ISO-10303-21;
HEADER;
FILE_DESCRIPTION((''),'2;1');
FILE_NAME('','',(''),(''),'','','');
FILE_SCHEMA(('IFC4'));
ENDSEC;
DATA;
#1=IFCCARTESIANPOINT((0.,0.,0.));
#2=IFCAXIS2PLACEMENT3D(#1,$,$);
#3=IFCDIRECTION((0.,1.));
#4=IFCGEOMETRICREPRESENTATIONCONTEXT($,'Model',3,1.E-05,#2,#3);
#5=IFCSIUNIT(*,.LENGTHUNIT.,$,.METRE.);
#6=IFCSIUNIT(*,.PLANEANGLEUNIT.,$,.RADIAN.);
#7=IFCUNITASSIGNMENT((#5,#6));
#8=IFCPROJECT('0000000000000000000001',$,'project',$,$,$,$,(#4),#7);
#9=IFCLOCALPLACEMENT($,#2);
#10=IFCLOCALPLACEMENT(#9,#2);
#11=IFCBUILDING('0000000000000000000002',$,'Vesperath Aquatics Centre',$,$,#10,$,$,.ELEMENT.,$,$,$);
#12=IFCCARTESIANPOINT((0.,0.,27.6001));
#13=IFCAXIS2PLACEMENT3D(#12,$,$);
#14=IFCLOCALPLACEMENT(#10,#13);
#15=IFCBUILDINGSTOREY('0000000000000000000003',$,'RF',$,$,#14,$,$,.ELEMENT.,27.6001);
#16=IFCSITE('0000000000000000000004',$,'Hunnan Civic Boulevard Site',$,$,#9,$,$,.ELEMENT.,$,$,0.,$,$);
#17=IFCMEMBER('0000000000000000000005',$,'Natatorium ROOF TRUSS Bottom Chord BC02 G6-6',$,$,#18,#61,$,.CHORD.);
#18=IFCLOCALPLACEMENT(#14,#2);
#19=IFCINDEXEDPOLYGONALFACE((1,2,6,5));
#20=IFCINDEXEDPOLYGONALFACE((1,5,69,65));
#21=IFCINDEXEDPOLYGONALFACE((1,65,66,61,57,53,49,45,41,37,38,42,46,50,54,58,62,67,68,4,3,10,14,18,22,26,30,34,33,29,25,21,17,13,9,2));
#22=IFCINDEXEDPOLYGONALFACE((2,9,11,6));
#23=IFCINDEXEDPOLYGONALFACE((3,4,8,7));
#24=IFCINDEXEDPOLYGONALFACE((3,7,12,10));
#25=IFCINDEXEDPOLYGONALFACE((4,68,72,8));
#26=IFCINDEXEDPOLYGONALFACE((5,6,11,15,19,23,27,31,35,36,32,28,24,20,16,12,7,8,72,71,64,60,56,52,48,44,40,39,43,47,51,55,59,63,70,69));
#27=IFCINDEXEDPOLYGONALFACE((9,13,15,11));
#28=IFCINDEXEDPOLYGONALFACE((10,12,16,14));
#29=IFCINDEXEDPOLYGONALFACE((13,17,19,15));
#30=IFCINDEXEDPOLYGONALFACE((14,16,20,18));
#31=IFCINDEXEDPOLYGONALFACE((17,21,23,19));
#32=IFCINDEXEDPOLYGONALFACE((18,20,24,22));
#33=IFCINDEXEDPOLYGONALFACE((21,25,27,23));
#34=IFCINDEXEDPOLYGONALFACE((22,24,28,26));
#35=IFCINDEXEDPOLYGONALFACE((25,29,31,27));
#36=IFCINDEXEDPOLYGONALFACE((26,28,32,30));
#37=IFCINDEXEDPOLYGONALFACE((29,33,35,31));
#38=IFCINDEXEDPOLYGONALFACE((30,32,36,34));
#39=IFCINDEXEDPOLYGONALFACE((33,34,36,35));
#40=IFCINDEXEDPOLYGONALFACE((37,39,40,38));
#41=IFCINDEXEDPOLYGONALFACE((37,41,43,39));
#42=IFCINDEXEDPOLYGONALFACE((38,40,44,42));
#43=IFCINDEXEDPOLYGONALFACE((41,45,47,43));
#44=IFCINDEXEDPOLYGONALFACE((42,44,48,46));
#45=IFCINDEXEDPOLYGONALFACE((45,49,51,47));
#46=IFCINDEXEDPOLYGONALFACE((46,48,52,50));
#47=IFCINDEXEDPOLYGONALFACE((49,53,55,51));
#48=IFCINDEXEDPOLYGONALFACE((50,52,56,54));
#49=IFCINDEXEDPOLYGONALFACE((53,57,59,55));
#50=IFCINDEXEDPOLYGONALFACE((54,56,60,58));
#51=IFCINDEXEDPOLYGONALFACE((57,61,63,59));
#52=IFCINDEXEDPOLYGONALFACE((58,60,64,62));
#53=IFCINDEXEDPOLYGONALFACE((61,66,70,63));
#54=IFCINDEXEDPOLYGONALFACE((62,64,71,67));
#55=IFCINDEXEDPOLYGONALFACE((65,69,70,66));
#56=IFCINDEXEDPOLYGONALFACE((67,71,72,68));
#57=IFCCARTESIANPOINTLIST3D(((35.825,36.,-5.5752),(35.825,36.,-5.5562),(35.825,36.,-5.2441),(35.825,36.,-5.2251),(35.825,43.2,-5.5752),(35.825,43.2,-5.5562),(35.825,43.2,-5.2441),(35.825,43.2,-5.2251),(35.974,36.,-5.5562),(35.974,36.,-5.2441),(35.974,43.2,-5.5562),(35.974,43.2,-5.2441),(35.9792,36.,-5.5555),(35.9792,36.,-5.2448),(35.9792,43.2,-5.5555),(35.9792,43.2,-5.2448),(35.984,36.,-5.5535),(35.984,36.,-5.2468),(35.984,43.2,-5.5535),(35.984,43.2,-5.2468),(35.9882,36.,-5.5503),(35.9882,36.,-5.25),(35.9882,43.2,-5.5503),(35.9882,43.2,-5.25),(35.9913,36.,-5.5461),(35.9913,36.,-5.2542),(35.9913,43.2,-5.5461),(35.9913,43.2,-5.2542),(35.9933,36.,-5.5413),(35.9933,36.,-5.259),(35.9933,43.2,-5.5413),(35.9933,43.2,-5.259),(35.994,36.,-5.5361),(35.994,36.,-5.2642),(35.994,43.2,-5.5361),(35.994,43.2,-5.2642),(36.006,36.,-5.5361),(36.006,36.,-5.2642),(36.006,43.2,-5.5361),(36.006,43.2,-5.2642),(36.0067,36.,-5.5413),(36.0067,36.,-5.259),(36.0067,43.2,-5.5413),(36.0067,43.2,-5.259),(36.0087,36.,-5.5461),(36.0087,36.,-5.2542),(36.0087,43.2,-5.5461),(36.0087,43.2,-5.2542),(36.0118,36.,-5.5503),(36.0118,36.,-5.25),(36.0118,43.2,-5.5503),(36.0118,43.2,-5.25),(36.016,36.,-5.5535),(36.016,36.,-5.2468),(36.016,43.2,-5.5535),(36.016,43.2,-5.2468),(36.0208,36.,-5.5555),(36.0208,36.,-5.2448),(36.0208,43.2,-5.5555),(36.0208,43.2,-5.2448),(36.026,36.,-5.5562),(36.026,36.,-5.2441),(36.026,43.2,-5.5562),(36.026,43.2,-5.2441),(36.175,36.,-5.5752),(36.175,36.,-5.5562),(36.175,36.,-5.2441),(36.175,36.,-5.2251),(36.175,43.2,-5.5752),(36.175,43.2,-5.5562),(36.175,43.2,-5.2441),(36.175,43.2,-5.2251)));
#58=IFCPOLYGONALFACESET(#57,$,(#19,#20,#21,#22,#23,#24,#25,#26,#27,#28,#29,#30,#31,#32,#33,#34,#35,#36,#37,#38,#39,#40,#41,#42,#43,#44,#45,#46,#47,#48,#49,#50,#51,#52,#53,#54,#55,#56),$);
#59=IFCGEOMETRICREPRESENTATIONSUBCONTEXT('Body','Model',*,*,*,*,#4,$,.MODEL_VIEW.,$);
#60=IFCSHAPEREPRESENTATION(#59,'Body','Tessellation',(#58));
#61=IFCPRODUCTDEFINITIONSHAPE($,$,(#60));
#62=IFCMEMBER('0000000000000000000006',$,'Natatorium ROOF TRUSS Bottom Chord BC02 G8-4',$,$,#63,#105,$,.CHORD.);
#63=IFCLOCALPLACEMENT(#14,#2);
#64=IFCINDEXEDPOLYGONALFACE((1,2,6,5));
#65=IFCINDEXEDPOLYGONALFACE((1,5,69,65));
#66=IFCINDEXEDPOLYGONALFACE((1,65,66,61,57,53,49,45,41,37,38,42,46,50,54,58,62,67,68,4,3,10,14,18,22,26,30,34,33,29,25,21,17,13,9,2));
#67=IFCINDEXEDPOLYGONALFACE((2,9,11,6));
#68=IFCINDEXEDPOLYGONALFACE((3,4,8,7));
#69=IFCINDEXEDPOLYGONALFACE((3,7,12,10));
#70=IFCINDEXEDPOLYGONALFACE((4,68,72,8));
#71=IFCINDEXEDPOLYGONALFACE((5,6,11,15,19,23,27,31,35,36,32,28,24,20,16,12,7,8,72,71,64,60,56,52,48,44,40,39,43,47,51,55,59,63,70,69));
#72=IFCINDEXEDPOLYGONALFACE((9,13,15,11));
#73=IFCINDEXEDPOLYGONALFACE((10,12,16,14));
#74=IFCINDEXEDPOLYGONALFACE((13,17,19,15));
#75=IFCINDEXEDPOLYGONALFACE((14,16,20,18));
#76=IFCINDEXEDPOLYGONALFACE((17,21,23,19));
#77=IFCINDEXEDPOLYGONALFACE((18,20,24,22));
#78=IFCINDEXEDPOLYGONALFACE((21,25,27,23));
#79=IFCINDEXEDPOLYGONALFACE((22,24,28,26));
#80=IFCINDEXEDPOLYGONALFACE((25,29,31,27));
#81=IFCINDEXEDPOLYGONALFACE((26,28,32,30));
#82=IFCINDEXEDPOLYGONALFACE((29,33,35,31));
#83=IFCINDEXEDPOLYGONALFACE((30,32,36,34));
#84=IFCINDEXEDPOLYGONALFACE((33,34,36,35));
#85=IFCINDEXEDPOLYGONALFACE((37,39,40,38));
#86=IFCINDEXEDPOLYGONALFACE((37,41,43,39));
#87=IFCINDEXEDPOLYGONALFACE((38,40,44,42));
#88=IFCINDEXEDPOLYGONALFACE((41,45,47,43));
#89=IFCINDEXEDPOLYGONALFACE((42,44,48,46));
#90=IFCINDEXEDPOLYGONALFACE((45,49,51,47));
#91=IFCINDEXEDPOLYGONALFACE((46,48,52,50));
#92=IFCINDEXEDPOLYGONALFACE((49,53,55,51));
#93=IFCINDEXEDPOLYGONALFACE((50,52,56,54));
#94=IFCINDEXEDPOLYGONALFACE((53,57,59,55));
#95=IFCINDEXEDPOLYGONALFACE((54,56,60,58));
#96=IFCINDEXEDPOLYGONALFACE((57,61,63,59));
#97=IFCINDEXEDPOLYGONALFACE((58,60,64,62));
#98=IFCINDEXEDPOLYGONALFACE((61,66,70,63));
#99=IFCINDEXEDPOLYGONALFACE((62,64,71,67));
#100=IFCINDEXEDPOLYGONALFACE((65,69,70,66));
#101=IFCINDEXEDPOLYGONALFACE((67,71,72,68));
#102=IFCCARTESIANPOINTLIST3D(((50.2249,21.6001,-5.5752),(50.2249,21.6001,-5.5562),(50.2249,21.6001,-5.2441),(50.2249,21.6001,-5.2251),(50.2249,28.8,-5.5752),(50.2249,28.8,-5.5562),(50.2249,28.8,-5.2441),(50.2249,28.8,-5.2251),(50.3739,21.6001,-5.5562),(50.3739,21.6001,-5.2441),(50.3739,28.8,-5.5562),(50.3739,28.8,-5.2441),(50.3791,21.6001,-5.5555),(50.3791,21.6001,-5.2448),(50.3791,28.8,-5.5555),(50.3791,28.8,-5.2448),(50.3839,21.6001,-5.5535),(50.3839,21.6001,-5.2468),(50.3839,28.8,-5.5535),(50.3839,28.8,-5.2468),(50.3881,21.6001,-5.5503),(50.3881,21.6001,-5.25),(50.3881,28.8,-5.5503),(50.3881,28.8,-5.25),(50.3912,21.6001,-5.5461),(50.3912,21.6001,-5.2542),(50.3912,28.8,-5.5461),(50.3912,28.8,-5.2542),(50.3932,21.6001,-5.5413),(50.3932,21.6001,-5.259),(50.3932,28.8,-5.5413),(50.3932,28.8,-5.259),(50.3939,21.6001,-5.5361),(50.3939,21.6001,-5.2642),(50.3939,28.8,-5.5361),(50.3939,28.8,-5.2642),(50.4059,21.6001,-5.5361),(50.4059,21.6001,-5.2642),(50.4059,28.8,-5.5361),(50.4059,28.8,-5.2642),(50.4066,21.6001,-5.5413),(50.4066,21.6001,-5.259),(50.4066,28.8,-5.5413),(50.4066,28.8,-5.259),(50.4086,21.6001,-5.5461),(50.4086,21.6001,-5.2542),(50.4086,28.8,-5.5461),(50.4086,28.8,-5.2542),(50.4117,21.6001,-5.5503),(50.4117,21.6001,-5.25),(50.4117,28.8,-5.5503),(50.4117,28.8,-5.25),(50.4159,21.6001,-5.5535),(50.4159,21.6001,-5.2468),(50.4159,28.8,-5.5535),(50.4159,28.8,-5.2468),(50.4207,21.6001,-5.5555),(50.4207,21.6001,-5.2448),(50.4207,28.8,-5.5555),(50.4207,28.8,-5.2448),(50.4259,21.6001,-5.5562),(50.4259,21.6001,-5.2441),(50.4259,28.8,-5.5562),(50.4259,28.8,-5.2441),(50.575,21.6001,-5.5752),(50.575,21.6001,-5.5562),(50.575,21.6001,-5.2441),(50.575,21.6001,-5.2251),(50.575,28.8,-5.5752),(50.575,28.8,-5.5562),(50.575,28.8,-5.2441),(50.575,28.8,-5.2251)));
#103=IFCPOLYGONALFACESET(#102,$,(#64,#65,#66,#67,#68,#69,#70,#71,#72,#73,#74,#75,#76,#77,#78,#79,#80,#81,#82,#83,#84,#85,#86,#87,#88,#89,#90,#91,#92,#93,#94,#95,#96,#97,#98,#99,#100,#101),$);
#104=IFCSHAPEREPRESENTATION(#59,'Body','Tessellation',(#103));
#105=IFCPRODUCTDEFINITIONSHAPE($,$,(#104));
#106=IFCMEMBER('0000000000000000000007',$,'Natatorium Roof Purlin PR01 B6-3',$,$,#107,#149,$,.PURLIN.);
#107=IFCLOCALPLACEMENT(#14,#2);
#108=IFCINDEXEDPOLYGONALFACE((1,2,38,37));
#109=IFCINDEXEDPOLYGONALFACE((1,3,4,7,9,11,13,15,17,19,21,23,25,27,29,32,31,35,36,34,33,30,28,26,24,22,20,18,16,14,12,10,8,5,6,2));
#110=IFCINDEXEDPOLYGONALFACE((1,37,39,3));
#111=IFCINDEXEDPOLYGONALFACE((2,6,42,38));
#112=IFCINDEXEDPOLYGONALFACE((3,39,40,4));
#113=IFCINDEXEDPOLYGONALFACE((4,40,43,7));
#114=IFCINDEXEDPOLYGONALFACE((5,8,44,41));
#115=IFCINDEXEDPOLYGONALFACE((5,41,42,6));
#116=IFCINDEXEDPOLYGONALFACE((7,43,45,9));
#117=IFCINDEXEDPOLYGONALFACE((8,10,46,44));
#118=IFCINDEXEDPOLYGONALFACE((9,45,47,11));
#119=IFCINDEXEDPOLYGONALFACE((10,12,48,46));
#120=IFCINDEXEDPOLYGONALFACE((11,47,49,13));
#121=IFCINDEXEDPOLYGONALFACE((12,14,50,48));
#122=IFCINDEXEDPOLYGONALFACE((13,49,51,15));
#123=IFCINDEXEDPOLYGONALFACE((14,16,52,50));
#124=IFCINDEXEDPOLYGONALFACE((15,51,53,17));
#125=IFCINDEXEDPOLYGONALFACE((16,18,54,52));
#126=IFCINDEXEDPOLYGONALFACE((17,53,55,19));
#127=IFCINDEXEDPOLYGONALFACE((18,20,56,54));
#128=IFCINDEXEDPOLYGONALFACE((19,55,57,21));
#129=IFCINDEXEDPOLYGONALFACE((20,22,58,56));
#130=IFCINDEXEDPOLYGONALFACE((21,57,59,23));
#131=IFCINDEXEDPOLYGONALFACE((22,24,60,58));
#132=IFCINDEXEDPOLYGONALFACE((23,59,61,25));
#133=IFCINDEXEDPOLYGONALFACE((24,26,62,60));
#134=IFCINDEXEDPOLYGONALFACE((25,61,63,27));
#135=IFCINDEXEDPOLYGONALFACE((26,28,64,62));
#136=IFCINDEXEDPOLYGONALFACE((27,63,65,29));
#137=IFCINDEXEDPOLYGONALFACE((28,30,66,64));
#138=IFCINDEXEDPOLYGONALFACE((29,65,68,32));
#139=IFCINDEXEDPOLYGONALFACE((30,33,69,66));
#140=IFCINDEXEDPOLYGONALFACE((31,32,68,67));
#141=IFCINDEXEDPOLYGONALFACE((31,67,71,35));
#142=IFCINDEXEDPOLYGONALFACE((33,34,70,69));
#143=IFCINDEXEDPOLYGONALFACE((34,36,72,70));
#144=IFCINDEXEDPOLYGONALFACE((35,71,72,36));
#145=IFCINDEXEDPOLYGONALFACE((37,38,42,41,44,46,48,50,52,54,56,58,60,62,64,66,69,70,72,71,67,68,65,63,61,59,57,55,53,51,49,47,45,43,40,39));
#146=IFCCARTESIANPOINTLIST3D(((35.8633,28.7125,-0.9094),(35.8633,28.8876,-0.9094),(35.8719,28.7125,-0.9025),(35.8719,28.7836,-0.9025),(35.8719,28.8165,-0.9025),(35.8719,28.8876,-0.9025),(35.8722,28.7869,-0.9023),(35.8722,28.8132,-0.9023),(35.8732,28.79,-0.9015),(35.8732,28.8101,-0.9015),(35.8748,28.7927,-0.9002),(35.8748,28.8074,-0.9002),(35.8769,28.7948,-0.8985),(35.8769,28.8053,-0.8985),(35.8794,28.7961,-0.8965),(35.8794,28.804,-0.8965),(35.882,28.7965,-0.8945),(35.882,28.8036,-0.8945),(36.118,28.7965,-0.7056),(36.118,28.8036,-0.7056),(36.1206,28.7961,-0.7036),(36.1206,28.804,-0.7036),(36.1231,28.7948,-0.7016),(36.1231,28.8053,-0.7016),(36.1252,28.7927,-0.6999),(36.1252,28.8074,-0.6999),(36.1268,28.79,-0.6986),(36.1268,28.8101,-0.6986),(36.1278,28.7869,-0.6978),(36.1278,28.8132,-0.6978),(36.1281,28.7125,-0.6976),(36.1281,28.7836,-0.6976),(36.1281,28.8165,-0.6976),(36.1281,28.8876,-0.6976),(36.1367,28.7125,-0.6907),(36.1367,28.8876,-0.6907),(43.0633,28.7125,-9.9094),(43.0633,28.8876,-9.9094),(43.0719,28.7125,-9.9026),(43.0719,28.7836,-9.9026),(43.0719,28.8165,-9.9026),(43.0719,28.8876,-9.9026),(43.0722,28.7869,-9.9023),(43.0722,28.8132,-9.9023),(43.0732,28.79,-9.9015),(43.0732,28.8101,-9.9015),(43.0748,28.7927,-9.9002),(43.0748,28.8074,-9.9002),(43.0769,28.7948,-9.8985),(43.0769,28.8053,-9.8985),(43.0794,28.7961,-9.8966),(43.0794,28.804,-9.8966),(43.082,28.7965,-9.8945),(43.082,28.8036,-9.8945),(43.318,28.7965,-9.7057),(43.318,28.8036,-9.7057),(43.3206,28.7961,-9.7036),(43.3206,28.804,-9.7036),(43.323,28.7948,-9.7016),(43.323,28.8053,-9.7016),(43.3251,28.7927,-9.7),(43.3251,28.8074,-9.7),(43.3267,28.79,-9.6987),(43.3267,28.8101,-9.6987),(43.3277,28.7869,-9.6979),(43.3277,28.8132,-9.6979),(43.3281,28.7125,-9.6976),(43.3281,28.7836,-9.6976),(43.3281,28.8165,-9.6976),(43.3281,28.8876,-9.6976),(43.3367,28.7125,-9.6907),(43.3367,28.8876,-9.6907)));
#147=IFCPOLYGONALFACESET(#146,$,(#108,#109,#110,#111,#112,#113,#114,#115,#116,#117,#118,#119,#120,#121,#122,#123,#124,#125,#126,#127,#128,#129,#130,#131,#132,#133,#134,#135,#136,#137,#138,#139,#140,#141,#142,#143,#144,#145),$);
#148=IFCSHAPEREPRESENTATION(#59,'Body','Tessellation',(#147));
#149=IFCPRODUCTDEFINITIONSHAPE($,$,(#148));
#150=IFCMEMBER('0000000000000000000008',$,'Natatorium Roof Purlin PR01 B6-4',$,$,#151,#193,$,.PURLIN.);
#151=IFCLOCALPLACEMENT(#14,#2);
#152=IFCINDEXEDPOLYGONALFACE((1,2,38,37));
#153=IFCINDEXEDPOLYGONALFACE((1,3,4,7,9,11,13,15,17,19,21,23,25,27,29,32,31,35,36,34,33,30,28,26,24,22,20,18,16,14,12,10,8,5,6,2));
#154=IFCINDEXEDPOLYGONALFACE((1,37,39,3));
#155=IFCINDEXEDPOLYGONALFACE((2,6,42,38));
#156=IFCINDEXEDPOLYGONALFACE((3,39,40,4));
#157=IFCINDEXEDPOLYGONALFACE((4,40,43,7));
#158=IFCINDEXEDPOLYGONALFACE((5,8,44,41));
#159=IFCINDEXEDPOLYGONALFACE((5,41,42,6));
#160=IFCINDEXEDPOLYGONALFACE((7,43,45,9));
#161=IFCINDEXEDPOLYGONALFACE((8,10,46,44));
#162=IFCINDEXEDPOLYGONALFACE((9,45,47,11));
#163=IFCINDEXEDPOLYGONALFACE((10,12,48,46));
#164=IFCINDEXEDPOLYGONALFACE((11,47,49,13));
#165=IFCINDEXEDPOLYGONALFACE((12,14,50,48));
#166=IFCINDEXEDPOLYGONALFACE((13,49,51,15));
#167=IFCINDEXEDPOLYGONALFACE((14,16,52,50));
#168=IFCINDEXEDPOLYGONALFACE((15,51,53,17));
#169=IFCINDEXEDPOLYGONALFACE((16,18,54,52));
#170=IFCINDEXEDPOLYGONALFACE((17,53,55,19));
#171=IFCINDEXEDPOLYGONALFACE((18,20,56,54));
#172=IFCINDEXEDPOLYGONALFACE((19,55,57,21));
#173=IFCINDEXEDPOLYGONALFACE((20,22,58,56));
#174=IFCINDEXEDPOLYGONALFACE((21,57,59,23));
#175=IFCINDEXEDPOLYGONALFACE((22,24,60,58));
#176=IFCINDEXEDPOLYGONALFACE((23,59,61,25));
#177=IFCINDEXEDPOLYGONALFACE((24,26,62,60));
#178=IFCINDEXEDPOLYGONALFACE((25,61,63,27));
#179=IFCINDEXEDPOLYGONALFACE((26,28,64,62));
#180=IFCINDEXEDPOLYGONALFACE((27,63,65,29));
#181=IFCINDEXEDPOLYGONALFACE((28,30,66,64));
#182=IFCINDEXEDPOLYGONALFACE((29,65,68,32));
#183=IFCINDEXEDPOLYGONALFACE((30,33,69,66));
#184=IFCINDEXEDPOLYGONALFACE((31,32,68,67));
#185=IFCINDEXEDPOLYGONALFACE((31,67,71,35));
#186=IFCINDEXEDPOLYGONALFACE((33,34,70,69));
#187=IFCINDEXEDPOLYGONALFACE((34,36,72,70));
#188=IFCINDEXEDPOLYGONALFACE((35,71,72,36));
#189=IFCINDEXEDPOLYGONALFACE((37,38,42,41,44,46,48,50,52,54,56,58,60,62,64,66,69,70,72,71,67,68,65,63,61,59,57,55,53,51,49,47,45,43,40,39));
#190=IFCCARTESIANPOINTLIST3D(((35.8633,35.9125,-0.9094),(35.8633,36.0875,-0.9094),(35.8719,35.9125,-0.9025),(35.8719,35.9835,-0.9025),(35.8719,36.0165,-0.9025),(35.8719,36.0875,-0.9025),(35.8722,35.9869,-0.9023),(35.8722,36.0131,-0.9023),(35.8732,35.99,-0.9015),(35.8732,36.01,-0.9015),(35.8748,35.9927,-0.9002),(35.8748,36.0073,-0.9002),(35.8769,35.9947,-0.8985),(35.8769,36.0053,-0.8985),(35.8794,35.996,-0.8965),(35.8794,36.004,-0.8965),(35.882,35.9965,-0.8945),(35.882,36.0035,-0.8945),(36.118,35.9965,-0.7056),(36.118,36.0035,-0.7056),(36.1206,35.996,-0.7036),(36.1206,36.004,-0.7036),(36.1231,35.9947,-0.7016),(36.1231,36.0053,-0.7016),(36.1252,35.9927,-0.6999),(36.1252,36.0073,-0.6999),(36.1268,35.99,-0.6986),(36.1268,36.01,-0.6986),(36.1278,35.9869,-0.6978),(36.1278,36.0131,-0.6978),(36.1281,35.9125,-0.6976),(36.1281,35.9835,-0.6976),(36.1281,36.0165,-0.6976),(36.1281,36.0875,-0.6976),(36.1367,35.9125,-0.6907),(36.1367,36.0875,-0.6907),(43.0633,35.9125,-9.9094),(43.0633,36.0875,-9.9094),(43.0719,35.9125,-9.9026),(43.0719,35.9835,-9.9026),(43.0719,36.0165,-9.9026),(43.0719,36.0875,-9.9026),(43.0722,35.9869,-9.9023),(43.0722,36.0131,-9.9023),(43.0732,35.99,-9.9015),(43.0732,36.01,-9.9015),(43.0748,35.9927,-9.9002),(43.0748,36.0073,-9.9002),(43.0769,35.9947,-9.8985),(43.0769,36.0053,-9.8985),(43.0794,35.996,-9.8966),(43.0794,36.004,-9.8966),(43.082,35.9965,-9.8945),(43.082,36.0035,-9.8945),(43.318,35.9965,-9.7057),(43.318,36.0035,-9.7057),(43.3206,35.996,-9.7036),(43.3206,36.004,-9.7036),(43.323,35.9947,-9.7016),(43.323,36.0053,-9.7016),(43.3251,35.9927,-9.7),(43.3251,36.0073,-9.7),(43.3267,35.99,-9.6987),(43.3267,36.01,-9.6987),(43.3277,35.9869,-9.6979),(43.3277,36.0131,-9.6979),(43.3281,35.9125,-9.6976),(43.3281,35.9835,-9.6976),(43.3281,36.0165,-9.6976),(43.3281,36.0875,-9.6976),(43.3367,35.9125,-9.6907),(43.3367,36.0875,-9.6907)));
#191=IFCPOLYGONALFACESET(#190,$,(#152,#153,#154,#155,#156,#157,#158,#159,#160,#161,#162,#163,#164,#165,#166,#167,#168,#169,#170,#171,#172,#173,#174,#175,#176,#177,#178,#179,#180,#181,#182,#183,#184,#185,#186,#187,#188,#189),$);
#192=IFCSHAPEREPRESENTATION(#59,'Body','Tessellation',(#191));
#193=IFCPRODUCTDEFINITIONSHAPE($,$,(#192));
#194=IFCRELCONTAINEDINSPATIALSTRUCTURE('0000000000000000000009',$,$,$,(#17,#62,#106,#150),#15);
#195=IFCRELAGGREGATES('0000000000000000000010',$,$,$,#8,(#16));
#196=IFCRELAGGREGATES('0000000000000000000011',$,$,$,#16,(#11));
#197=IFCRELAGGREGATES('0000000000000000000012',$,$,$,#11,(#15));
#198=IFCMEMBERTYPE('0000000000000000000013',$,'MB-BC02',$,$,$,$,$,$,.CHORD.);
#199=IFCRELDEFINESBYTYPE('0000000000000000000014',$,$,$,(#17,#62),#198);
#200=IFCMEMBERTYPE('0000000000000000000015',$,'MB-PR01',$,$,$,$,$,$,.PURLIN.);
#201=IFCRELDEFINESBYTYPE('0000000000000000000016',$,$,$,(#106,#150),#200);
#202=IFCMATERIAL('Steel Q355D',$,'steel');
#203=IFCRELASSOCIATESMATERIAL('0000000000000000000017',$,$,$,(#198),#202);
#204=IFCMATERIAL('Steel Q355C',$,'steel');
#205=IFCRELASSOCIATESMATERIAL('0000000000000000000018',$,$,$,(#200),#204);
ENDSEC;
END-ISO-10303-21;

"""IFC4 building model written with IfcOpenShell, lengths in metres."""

from ifc_helpers import new_model, si_unit, direction, frame, origin, origin_2d, place, context, subcontext, project, spatial, i_section, extrude, material, material_profile, profile_set, type_object, element, save


model = new_model("IFC4")

# Units and contexts
model_context = context("Model", 3, precision=1e-05, world=origin(), true_north=direction((0.0, 1.0)))
body_context = subcontext(model_context, "Body", "Model", "MODEL_VIEW")
ifc_project = project(units=[si_unit("LENGTHUNIT", "METRE"), si_unit("PLANEANGLEUNIT", "RADIAN")], contexts=[model_context])

# Site, building, storey
site_placement = place(None, origin())
site = spatial("IfcSite", under=ifc_project, at=site_placement, Name="Hunnan Civic Boulevard Site", CompositionType="ELEMENT", RefElevation=0.0)
building_placement = place(site_placement, origin())
building = spatial("IfcBuilding", under=site, at=building_placement, Name="Vesperath Aquatics Centre", CompositionType="ELEMENT")
storey_placement = place(building_placement, frame((0.0, 0.0, 27.6001)))
storey = spatial("IfcBuildingStorey", under=building, at=storey_placement, Name="RF", CompositionType="ELEMENT", Elevation=27.6001)

# Shared definitions
ifc_material_1 = material(Name="Steel Q355C", Category="steel")

# Members
ifc_material_2 = material(Name="Steel Q355D", Category="steel")
ifc_material_profile_1 = material_profile(ifc_material_2, i_section(OverallWidth=0.3501, OverallDepth=0.3501, WebThickness=0.012, FlangeThickness=0.019, FilletRadius=0.02, at=origin_2d()), Name="HW 350x350x12x19")
ifc_profile_set_1 = profile_set([ifc_material_profile_1], Name="Steel Q355D")
member_type_1 = type_object("IfcMemberType", Name="MB-BC02", PredefinedType="CHORD", material=ifc_profile_set_1)
for number, where, z_axis, x_axis, name in (
    (1, (36.0, 36.0, -5.4001), (0.0, 1.0, 0.0), (-1.0, 0.0, 0.0), "Natatorium ROOF TRUSS Bottom Chord BC02 G6-6"),
    (2, (50.3999, 21.6001, -5.4001), (0.0, 1.0, 0.0), (-1.0, 0.0, 0.0), "Natatorium ROOF TRUSS Bottom Chord BC02 G8-4"),
):
    element("IfcMember", number, at=place(storey_placement, frame(where, z_axis=z_axis, x_axis=x_axis)), inside=storey, type_object=member_type_1, Name=name, PredefinedType="CHORD", context=body_context, shape_type="SweptSolid", body=[
        extrude(i_section(OverallWidth=0.3501, OverallDepth=0.3501, WebThickness=0.012, FlangeThickness=0.019, FilletRadius=0.02, at=origin_2d()), origin(), (0.0, 0.0, 1.0), 7.2),
    ])
ifc_material_profile_2 = material_profile(ifc_material_1, i_section(OverallWidth=0.175, OverallDepth=0.3501, WebThickness=0.0071, FlangeThickness=0.011, FilletRadius=0.0129, at=origin_2d()), Name="HN 350x175x7x11")
ifc_profile_set_2 = profile_set([ifc_material_profile_2], Name="Steel Q355C")
member_type_2 = type_object("IfcMemberType", Name="MB-PR01", PredefinedType="PURLIN", material=ifc_profile_set_2)
for number, where, z_axis, x_axis, name in (
    (3, (36.0, 28.8, -0.8), (0.624692, 0.0, -0.780871), (0.0, 1.0, 0.0), "Natatorium Roof Purlin PR01 B6-3"),
    (4, (36.0, 36.0, -0.8), (0.624692, 0.0, -0.780871), (0.0, 1.0, 0.0), "Natatorium Roof Purlin PR01 B6-4"),
):
    element("IfcMember", number, at=place(storey_placement, frame(where, z_axis=z_axis, x_axis=x_axis)), inside=storey, type_object=member_type_2, Name=name, PredefinedType="PURLIN", context=body_context, shape_type="SweptSolid", body=[
        extrude(i_section(OverallWidth=0.175, OverallDepth=0.3501, WebThickness=0.0071, FlangeThickness=0.011, FilletRadius=0.0129, at=origin_2d()), origin(), (0.0, 0.0, 1.0), 11.5256),
    ])

save(model, "model.ifc")
